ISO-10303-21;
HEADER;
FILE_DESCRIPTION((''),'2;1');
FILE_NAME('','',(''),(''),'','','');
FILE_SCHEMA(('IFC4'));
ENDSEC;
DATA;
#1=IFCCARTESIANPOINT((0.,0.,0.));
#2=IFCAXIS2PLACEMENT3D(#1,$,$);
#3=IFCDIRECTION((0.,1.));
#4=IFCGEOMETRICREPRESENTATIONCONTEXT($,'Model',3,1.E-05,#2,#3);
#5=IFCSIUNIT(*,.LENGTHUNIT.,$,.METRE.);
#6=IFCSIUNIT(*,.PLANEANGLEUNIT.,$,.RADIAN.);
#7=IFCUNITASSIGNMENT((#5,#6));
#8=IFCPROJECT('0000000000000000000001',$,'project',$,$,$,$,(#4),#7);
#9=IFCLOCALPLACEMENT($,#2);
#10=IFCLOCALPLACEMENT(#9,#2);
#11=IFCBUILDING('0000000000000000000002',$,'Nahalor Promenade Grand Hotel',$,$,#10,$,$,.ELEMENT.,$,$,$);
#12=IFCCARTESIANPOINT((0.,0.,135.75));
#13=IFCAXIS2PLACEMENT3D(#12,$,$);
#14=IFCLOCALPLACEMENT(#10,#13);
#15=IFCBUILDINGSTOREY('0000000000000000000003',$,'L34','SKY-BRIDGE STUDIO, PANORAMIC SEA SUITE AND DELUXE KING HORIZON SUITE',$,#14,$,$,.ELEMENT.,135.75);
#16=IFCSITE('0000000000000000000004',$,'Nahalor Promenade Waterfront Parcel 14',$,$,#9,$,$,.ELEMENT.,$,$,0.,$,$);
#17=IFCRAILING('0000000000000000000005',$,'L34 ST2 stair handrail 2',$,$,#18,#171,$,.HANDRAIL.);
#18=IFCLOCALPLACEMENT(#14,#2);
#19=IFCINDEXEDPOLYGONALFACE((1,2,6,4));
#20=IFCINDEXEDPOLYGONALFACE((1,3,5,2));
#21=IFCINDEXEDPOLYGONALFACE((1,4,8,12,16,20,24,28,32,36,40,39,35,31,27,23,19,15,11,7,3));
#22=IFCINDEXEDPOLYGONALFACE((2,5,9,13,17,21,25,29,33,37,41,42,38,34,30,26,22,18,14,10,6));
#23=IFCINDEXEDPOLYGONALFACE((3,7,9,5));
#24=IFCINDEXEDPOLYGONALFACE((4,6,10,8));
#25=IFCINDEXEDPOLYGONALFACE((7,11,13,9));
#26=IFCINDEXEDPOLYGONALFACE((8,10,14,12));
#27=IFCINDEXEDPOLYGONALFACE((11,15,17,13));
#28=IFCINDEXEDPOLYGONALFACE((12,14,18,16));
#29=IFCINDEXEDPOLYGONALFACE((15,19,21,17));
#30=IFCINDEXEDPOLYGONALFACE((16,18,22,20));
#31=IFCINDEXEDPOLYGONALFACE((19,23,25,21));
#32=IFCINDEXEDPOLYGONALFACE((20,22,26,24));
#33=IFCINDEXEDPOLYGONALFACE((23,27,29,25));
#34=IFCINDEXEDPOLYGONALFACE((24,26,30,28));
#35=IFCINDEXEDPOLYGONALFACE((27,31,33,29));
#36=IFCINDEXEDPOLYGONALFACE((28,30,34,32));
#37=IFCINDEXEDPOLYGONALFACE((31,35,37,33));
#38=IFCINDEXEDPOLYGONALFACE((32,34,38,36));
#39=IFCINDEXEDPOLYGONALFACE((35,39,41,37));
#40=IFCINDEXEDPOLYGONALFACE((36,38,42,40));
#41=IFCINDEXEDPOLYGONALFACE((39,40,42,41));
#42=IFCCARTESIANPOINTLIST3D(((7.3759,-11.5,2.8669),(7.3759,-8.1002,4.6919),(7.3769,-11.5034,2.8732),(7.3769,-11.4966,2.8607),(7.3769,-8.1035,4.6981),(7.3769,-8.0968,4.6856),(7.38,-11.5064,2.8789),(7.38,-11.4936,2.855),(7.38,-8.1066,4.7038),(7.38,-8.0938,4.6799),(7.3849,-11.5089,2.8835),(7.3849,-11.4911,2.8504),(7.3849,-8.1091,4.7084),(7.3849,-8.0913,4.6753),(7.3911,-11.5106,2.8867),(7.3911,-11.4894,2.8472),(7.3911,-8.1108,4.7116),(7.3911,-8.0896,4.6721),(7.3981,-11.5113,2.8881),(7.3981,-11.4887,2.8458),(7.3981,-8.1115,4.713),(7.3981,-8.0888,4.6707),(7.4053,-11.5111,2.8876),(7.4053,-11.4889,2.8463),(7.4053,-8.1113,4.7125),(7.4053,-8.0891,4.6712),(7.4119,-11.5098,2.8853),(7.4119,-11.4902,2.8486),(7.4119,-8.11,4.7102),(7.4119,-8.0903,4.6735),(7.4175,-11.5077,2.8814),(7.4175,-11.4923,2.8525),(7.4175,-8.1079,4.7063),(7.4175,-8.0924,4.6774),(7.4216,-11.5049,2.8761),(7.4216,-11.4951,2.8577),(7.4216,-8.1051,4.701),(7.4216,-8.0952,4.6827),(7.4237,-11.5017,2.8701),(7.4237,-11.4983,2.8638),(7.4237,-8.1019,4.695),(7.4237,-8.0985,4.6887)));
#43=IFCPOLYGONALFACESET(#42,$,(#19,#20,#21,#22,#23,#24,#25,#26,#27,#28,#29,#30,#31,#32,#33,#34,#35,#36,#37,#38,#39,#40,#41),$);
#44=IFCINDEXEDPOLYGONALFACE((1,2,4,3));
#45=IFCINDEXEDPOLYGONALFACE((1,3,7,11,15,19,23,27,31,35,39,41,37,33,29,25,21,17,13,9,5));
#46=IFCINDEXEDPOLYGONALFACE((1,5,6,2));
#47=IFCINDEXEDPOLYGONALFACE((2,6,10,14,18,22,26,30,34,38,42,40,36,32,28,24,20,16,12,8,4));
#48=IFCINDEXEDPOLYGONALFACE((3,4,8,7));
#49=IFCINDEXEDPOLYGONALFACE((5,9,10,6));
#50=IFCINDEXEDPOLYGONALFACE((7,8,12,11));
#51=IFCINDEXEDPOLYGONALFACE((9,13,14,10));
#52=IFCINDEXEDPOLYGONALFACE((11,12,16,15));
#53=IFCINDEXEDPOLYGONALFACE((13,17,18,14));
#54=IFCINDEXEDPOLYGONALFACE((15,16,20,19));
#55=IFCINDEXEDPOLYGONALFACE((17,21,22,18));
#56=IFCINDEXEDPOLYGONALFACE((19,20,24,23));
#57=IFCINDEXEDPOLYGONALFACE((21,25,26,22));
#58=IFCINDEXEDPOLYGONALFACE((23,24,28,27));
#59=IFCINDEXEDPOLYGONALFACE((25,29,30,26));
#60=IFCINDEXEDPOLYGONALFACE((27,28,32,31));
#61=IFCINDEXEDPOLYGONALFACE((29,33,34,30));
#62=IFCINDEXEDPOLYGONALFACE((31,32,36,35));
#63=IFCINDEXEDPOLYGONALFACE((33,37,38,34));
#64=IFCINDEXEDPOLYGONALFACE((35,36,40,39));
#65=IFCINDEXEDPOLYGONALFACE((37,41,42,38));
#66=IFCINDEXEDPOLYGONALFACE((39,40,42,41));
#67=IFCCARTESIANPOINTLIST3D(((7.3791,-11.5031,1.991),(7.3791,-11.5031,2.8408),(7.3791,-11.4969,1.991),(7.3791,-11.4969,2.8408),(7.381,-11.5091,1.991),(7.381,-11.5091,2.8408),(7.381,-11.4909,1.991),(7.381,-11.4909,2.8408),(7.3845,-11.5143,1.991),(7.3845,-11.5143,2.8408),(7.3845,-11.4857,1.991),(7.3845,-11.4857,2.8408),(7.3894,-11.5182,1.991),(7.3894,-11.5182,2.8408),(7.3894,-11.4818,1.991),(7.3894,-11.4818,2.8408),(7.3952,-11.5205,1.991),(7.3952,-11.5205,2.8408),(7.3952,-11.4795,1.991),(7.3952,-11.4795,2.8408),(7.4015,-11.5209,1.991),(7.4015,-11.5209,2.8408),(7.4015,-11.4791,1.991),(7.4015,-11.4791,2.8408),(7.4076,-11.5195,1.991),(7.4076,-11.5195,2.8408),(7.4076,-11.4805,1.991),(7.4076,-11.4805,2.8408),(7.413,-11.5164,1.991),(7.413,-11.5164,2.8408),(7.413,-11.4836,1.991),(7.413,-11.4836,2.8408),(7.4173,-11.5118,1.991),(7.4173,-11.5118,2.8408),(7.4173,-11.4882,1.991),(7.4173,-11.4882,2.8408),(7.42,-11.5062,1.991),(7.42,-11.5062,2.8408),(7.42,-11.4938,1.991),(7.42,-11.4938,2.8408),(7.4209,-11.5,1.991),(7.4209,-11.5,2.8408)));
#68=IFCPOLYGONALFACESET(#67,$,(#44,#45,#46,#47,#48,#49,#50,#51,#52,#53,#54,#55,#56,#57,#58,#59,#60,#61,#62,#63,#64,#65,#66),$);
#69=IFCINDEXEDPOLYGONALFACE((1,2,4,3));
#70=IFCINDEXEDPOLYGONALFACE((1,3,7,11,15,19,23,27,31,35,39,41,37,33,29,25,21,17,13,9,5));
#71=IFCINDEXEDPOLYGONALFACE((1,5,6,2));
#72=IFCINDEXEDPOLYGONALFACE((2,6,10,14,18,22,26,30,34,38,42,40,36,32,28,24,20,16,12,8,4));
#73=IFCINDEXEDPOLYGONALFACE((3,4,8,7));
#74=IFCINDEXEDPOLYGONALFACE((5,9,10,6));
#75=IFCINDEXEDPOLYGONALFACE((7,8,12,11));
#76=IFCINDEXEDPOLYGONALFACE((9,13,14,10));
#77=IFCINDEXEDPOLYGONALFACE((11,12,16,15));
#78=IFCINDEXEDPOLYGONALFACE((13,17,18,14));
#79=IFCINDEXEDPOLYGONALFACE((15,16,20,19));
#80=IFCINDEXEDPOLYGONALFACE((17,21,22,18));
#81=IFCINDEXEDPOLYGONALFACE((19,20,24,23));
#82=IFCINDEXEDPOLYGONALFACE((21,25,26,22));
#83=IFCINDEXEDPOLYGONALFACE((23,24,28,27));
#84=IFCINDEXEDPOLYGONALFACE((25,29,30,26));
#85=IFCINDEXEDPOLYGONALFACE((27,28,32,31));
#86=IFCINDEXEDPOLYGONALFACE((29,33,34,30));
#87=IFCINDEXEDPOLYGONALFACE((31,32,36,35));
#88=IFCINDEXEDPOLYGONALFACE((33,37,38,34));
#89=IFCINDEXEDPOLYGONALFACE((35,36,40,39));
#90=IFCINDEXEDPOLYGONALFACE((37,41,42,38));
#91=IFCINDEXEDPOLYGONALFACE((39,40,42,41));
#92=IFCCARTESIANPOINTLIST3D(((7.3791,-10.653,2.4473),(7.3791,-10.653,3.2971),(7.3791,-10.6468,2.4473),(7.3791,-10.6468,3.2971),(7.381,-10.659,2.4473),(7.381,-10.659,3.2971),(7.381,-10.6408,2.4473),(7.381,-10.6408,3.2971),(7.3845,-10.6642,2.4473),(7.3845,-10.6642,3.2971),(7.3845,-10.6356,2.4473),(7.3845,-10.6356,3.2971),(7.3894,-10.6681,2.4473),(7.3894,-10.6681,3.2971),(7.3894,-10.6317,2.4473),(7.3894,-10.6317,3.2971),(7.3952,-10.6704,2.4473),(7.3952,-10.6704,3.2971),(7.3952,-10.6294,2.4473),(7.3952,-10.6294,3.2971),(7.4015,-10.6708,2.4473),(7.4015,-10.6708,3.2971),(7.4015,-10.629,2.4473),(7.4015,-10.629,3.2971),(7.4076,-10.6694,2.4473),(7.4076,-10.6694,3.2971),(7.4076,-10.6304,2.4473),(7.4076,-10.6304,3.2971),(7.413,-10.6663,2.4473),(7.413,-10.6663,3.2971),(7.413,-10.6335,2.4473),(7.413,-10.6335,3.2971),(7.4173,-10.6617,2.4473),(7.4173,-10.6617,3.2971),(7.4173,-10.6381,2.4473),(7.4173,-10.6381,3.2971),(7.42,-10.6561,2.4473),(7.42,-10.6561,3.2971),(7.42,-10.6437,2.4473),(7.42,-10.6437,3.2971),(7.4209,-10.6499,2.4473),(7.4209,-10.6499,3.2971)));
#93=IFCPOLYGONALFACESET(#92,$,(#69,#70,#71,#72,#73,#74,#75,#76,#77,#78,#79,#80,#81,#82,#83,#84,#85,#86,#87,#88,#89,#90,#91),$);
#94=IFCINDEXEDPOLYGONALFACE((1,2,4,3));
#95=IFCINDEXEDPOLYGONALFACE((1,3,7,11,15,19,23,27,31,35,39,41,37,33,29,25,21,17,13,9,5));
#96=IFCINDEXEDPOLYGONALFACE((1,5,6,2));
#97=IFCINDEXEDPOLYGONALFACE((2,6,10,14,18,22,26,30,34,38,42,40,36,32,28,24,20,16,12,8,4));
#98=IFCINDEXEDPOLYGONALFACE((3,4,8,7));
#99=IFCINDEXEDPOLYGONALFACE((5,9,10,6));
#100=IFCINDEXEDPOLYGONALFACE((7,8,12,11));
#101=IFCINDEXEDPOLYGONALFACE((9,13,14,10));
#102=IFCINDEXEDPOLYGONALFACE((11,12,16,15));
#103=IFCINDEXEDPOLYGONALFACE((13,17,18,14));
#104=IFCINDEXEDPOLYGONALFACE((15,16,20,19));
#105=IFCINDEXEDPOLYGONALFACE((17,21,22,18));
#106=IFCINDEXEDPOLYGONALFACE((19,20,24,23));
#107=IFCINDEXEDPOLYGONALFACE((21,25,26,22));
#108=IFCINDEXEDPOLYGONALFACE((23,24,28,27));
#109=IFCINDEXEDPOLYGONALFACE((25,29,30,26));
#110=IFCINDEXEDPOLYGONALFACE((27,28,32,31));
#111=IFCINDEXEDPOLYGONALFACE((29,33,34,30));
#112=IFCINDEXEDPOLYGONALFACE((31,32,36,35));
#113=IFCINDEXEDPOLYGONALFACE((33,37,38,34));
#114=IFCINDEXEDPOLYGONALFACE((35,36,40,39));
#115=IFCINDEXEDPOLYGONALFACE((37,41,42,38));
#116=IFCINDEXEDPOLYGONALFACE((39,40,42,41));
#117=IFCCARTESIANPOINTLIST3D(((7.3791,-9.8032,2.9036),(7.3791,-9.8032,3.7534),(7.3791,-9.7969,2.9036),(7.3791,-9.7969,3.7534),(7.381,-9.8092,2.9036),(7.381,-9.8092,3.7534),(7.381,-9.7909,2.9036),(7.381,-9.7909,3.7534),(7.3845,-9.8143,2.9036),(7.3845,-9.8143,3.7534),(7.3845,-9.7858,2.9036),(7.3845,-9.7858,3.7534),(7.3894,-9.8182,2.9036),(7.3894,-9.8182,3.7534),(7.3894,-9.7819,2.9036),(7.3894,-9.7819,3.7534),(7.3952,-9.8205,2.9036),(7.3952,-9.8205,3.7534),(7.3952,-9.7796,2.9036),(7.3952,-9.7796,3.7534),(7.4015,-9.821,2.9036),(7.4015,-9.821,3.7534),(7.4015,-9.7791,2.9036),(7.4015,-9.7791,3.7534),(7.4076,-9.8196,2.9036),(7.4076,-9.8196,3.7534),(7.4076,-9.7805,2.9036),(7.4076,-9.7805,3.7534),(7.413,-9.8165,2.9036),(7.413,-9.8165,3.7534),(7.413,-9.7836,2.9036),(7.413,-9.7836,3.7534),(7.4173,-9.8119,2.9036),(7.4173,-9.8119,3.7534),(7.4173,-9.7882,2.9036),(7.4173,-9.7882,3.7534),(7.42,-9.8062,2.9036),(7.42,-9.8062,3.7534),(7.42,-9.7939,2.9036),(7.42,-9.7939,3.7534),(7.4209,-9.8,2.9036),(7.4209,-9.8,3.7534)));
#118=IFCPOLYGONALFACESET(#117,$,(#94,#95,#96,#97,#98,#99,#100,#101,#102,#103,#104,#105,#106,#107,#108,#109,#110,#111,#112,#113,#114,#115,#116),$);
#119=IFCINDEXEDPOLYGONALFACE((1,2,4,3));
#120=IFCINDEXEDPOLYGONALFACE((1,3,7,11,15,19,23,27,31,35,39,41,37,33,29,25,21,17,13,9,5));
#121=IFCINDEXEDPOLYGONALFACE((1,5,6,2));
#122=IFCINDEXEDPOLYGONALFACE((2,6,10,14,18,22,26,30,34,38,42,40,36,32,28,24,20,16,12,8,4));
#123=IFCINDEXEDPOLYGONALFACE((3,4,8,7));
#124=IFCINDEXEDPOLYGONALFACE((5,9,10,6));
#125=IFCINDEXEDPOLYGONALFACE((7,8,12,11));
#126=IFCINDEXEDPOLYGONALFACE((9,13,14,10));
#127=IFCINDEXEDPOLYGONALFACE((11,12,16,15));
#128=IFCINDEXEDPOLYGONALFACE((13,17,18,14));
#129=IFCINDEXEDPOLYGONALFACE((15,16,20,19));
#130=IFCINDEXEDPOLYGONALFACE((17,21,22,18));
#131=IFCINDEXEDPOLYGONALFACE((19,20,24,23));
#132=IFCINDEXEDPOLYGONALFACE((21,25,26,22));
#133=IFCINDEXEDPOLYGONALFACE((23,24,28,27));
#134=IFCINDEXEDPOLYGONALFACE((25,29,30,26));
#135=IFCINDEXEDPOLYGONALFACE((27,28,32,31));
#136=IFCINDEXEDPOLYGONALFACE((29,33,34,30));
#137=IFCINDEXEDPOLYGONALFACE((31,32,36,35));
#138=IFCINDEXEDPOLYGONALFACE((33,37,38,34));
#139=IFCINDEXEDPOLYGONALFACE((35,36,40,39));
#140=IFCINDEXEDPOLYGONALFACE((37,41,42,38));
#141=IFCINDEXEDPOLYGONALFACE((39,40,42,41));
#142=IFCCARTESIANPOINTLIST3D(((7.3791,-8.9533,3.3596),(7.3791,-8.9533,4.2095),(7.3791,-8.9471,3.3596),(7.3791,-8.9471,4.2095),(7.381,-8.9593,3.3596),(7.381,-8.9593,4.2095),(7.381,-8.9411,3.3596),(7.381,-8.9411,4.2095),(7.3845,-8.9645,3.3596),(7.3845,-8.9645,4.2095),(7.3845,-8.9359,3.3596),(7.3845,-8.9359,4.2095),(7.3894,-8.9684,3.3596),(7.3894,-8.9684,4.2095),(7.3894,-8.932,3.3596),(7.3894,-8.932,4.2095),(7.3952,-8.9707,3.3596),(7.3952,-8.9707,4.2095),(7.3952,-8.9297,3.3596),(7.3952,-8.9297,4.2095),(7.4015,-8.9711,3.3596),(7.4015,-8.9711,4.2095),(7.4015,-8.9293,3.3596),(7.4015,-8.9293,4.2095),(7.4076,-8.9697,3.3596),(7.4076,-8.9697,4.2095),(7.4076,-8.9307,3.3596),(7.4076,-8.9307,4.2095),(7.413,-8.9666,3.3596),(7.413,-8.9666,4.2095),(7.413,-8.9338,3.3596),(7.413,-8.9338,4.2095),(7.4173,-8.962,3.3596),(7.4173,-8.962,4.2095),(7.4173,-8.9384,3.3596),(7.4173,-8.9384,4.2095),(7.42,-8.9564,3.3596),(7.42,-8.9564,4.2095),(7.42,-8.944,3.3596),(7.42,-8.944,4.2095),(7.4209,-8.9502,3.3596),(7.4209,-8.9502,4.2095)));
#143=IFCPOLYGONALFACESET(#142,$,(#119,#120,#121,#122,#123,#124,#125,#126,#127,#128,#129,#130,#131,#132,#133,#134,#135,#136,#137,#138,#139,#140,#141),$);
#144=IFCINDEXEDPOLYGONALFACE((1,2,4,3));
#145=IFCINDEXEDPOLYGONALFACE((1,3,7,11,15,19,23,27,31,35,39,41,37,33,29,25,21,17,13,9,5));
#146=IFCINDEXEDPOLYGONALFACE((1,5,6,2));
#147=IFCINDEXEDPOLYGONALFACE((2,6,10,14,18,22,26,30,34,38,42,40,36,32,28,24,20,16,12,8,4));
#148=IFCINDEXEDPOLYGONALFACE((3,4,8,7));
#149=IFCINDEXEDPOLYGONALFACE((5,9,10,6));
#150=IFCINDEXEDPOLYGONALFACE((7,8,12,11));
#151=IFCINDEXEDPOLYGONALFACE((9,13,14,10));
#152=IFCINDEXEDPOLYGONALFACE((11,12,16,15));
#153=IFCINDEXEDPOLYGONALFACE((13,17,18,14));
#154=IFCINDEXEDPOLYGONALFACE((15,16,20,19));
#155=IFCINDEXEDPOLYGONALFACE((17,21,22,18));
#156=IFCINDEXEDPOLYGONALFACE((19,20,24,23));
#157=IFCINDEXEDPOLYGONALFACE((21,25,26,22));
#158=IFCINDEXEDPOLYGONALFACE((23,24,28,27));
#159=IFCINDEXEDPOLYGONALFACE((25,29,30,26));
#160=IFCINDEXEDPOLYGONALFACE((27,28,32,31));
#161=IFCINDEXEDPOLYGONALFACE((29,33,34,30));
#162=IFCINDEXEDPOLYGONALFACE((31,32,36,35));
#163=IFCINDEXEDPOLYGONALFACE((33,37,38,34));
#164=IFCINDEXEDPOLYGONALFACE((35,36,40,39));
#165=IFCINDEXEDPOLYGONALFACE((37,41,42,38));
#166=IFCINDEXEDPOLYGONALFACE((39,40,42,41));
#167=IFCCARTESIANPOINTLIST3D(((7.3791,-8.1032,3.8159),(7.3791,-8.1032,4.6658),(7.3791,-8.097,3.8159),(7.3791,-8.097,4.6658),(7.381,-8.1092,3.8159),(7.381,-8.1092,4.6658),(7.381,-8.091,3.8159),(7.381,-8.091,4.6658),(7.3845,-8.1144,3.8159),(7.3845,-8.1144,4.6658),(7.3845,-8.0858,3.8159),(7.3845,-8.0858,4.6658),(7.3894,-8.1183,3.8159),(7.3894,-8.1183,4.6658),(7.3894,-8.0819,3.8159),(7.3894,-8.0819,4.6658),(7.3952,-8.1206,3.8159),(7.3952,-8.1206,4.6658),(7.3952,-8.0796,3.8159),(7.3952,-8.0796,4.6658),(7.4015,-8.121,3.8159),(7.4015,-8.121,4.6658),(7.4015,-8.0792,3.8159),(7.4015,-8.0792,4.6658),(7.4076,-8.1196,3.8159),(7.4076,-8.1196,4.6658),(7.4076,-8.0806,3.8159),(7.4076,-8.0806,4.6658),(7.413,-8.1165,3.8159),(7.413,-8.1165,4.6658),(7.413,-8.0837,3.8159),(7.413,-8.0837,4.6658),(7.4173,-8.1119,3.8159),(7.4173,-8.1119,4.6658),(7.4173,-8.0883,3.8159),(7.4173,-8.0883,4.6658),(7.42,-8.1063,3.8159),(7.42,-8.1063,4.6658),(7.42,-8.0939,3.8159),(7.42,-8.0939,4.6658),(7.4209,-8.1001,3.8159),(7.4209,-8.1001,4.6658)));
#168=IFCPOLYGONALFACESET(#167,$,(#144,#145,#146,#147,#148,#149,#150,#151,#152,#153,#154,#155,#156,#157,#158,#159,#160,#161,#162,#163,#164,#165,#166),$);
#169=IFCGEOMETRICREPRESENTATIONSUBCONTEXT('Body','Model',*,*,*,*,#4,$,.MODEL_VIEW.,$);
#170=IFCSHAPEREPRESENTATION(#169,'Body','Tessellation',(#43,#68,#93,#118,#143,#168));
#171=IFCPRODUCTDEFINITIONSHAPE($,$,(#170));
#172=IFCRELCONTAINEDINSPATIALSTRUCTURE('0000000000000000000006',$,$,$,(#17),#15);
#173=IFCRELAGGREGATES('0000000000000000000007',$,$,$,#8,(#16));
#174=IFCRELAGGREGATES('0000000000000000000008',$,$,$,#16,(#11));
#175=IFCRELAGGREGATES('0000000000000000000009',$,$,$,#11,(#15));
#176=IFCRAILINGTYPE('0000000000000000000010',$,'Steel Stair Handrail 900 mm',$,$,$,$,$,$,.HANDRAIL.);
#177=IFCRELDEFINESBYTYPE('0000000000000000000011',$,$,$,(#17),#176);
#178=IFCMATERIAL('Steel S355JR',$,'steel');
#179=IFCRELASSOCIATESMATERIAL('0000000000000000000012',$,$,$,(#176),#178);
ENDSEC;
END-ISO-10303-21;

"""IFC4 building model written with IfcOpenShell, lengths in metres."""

from ifc_helpers import new_model, si_unit, direction, frame, origin, origin_2d, place, context, subcontext, project, spatial, circle, extrude, material, type_object, element, save


model = new_model("IFC4")

# Units and contexts
model_context = context("Model", 3, precision=1e-05, world=origin(), true_north=direction((0.0, 1.0)))
body_context = subcontext(model_context, "Body", "Model", "MODEL_VIEW")
ifc_project = project(units=[si_unit("LENGTHUNIT", "METRE"), si_unit("PLANEANGLEUNIT", "RADIAN")], contexts=[model_context])

# Site, building, storey
site_placement = place(None, origin())
site = spatial("IfcSite", under=ifc_project, at=site_placement, Name="Nahalor Promenade Waterfront Parcel 14", CompositionType="ELEMENT", RefElevation=0.0)
building_placement = place(site_placement, origin())
building = spatial("IfcBuilding", under=site, at=building_placement, Name="Nahalor Promenade Grand Hotel", CompositionType="ELEMENT")
storey_placement = place(building_placement, frame((0.0, 0.0, 135.75)))
storey = spatial("IfcBuildingStorey", under=building, at=storey_placement, Name="L34", Description="SKY-BRIDGE STUDIO, PANORAMIC SEA SUITE AND DELUXE KING HORIZON SUITE", CompositionType="ELEMENT", Elevation=135.75)

# Shared definitions
ifc_material_1 = material(Name="Steel S355JR", Category="steel")

# Railing
railing_type_1 = type_object("IfcRailingType", Name="Steel Stair Handrail 900 mm", PredefinedType="HANDRAIL", material=ifc_material_1)
railing_1_placement = place(storey_placement, frame((7.3999, -11.5, 1.991)))
element("IfcRailing", 1, at=railing_1_placement, inside=storey, type_object=railing_type_1, Name="L34 ST2 stair handrail 2", PredefinedType="HANDRAIL", context=body_context, shape_type="SweptSolid", body=[
    extrude(circle(Radius=0.024, at=origin_2d()), frame((0.0, 0.0, 0.876), z_axis=(0.0, 0.881094, 0.472941), x_axis=(-1.0, 0.0, 0.0)), (0.0, 0.0, 1.0), 3.8586),
    extrude(circle(Radius=0.021, at=origin_2d()), origin(), (0.0, 0.0, 1.0), 0.8499),
    extrude(circle(Radius=0.021, at=origin_2d()), frame((0.0, 0.8501, 0.4563)), (0.0, 0.0, 1.0), 0.8499),
    extrude(circle(Radius=0.021, at=origin_2d()), frame((0.0, 1.7, 0.9126)), (0.0, 0.0, 1.0), 0.8499),
    extrude(circle(Radius=0.021, at=origin_2d()), frame((0.0, 2.5498, 1.3687)), (0.0, 0.0, 1.0), 0.8499),
    extrude(circle(Radius=0.021, at=origin_2d()), frame((0.0, 3.3999, 1.825)), (0.0, 0.0, 1.0), 0.8499),
])

save(model, "model.ifc")
